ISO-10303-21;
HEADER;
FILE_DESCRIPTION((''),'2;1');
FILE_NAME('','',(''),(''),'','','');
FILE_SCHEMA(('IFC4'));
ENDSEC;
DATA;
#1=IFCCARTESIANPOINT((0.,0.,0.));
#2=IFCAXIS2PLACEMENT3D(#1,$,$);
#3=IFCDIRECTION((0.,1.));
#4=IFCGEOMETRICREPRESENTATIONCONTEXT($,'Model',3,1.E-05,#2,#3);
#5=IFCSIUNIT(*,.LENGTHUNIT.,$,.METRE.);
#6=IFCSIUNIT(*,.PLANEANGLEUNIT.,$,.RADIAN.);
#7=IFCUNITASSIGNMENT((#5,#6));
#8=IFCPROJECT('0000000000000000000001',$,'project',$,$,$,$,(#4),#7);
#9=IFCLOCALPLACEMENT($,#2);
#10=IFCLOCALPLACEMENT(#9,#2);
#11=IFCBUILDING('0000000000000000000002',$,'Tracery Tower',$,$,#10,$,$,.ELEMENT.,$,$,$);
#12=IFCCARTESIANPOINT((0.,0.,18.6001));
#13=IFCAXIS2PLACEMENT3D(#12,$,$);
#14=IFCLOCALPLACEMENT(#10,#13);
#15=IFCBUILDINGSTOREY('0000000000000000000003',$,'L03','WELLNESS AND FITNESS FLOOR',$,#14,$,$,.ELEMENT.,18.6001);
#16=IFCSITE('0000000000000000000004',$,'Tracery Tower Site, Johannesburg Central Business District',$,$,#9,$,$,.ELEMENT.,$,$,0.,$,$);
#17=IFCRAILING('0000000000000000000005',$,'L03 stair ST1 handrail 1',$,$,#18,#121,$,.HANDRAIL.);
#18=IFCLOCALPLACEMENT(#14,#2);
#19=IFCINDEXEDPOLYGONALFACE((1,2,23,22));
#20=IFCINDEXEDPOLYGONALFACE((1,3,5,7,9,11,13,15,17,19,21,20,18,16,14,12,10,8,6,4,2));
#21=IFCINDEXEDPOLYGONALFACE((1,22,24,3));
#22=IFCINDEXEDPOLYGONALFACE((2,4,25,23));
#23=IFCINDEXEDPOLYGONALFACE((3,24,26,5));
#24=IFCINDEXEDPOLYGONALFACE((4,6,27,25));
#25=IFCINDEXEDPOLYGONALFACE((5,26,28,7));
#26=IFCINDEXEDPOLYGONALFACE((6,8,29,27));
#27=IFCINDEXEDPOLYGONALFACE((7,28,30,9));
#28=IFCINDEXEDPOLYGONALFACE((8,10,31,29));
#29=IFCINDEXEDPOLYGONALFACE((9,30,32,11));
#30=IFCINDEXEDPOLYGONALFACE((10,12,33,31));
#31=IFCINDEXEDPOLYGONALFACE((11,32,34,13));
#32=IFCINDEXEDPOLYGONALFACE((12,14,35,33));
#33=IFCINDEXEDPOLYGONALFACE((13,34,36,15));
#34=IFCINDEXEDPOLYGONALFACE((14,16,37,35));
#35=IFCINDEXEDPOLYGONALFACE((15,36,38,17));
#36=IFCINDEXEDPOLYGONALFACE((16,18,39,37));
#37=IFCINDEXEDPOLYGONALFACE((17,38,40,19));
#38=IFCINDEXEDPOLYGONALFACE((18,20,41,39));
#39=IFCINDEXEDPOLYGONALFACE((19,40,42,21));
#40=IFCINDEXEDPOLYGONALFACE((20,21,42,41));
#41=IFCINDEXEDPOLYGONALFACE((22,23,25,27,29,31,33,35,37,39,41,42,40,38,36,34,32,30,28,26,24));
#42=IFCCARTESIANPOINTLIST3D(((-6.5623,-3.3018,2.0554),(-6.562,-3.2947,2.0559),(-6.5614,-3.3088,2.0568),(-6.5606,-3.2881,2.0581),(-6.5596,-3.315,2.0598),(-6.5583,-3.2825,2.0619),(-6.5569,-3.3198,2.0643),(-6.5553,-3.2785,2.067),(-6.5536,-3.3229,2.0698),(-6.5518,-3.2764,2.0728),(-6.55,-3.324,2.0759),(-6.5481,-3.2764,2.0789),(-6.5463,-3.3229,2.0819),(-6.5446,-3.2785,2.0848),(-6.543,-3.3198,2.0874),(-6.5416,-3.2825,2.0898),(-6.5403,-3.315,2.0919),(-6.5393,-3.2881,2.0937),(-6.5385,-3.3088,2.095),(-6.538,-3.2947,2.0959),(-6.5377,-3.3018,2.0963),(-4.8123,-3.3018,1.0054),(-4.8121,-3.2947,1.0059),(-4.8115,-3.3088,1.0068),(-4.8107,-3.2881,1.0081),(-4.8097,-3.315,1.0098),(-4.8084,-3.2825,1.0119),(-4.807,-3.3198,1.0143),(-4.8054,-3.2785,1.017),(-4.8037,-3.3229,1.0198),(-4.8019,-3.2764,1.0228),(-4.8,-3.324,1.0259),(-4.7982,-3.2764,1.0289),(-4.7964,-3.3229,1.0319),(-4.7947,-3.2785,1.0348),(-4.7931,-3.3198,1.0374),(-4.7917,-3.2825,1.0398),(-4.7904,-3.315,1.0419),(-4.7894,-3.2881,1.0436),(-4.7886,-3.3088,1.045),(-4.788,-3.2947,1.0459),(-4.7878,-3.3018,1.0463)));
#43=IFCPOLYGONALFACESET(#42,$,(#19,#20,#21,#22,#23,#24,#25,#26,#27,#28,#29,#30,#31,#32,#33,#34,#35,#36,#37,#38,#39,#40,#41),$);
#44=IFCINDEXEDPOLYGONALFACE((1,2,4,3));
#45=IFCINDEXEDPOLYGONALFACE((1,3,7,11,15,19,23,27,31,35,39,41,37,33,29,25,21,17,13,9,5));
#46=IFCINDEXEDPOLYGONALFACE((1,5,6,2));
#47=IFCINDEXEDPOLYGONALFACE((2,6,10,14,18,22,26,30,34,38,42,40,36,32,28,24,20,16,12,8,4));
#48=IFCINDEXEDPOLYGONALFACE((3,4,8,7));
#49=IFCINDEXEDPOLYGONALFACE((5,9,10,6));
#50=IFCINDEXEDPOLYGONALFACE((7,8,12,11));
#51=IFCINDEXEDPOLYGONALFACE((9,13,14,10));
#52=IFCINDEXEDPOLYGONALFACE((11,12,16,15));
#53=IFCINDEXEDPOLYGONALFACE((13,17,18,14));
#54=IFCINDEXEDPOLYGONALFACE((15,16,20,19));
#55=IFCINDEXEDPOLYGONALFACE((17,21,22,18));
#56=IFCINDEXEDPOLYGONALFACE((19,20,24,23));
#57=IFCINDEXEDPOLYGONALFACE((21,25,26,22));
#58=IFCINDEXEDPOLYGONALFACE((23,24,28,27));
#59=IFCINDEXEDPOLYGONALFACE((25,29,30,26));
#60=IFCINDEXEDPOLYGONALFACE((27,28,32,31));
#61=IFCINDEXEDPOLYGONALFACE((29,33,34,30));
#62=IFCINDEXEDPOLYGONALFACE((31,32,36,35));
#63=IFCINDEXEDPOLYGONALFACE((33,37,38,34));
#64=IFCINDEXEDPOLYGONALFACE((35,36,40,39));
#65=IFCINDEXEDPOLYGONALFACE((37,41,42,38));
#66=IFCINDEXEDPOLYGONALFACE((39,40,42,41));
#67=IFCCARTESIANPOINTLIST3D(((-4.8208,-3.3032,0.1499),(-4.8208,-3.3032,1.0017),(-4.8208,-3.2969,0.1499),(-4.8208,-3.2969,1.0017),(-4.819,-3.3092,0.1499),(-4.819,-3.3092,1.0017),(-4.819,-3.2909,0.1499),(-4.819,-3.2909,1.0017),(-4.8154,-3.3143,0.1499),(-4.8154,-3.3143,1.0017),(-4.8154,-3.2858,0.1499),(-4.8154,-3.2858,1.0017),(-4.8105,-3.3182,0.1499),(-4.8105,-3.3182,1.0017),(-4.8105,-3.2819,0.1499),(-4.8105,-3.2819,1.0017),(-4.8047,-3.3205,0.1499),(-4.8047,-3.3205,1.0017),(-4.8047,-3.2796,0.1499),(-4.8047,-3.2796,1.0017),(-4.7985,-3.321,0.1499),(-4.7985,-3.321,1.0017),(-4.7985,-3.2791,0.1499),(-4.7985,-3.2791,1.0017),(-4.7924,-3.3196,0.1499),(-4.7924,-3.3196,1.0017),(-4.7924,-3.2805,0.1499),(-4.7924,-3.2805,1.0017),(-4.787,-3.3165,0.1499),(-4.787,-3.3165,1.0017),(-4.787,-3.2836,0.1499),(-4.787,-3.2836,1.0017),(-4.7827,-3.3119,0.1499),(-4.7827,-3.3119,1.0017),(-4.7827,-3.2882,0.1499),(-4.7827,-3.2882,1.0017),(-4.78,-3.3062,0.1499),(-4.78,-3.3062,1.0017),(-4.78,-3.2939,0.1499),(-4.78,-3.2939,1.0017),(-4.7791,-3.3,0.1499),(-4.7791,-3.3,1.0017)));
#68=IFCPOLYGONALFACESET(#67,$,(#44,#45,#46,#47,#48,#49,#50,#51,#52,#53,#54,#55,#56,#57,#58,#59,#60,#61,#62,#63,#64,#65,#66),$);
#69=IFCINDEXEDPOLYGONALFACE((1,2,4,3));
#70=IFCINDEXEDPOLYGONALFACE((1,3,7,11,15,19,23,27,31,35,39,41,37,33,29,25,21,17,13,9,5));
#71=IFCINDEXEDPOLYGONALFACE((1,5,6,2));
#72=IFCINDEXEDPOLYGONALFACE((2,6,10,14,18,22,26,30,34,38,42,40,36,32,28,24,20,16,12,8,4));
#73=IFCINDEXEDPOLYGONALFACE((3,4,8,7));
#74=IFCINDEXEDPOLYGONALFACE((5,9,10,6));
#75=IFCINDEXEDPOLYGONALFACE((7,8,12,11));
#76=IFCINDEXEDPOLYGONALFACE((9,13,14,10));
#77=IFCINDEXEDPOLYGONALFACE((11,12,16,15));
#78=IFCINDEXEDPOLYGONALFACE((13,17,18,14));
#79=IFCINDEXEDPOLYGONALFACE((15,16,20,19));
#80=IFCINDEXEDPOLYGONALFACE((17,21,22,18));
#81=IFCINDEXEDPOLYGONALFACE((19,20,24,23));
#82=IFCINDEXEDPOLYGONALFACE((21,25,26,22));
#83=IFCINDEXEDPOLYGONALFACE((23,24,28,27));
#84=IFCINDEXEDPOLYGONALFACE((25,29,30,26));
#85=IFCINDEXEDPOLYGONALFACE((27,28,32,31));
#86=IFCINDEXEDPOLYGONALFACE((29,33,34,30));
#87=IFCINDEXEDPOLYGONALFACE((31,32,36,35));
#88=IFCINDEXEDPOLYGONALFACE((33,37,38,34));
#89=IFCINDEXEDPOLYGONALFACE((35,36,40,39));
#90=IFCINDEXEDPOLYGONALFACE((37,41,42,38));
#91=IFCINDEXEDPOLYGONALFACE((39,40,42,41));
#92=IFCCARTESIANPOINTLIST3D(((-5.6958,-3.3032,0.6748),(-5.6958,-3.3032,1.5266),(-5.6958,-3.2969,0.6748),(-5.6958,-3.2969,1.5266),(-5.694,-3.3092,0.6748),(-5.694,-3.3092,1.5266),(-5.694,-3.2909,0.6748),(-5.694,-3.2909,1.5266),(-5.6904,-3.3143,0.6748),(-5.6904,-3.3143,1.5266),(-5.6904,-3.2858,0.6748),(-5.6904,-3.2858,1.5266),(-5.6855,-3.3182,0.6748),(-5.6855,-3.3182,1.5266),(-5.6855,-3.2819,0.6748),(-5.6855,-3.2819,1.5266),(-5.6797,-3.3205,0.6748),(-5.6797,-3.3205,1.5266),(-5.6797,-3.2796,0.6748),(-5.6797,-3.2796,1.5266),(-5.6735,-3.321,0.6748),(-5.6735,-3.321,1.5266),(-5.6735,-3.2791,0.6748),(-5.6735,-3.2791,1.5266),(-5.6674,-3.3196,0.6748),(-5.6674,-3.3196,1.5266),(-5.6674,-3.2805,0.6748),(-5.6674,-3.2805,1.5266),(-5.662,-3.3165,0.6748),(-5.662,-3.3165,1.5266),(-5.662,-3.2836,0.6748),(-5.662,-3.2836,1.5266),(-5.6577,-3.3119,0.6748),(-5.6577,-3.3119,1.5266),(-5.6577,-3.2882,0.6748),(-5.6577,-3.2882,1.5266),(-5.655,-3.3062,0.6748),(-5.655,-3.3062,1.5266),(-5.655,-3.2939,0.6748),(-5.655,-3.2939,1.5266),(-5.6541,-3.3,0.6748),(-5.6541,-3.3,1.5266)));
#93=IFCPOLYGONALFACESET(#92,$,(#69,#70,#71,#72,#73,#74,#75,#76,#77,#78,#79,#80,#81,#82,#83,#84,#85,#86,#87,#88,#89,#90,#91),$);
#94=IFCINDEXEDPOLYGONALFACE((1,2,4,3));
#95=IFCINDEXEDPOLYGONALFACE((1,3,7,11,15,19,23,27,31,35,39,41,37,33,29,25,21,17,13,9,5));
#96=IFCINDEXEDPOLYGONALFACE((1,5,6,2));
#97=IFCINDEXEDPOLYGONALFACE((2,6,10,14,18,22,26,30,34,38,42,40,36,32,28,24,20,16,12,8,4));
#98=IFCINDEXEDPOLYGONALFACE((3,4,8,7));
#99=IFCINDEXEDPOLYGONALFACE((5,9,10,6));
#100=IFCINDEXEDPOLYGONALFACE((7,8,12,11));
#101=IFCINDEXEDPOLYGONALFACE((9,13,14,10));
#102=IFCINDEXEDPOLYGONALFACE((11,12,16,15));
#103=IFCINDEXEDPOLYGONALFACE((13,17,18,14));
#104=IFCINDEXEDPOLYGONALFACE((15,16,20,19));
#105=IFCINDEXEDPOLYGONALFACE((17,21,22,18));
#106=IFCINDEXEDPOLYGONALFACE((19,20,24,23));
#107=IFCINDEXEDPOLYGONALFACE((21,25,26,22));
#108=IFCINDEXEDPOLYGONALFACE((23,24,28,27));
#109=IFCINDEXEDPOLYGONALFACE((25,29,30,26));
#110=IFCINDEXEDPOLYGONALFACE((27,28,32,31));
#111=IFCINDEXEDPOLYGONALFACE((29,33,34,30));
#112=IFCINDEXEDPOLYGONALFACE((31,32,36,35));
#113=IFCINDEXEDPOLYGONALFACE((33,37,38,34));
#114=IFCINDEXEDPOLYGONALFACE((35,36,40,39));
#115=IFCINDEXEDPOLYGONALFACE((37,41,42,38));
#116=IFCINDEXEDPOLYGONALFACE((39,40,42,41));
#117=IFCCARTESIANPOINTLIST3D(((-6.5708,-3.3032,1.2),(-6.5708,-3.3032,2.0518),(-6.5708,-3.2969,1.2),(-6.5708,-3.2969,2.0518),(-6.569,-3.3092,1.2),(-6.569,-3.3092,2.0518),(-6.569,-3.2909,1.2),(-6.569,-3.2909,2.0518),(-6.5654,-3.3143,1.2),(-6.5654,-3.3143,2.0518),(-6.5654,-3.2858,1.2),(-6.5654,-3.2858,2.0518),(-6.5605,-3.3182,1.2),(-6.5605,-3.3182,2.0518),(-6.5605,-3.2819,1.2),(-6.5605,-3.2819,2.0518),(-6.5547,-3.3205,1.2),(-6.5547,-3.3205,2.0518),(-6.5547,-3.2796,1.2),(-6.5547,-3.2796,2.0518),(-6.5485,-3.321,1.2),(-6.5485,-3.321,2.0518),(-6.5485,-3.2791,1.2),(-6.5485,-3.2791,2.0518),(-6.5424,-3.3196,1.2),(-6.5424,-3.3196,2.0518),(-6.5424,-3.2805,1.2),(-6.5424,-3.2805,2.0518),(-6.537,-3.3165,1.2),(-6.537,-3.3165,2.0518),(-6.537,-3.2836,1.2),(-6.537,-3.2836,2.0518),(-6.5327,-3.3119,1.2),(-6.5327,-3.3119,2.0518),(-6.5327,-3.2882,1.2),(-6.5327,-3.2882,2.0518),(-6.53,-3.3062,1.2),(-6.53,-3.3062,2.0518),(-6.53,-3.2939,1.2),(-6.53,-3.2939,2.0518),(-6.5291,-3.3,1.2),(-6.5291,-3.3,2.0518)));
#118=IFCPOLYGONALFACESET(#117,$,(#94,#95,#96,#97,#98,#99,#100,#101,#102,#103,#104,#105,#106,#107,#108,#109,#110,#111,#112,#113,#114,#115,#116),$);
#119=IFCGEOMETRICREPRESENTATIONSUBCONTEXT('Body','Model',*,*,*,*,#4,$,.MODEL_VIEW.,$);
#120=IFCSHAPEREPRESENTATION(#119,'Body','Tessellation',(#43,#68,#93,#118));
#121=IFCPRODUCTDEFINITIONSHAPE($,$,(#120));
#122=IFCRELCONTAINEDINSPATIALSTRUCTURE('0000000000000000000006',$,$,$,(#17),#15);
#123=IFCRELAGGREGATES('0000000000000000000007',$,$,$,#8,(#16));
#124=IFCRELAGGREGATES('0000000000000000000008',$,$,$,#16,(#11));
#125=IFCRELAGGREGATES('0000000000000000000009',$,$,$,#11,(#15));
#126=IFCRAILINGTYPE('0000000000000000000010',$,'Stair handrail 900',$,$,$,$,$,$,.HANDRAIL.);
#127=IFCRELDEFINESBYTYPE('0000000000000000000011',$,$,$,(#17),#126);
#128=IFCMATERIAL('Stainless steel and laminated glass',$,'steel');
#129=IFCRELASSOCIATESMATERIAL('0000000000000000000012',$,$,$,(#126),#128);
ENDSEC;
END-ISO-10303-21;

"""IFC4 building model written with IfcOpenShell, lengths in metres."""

from ifc_helpers import new_model, si_unit, direction, frame, origin, origin_2d, place, context, subcontext, project, spatial, circle, extrude, material, type_object, element, save


model = new_model("IFC4")

# Units and contexts
model_context = context("Model", 3, precision=1e-05, world=origin(), true_north=direction((0.0, 1.0)))
body_context = subcontext(model_context, "Body", "Model", "MODEL_VIEW")
ifc_project = project(units=[si_unit("LENGTHUNIT", "METRE"), si_unit("PLANEANGLEUNIT", "RADIAN")], contexts=[model_context])

# Site, building, storey
site_placement = place(None, origin())
site = spatial("IfcSite", under=ifc_project, at=site_placement, Name="Tracery Tower Site, Johannesburg Central Business District", CompositionType="ELEMENT", RefElevation=0.0)
building_placement = place(site_placement, origin())
building = spatial("IfcBuilding", under=site, at=building_placement, Name="Tracery Tower", CompositionType="ELEMENT")
storey_placement = place(building_placement, frame((0.0, 0.0, 18.6001)))
storey = spatial("IfcBuildingStorey", under=building, at=storey_placement, Name="L03", Description="WELLNESS AND FITNESS FLOOR", CompositionType="ELEMENT", Elevation=18.6001)

# Railing
ifc_material_1 = material(Name="Stainless steel and laminated glass", Category="steel")
railing_type_1 = type_object("IfcRailingType", Name="Stair handrail 900", PredefinedType="HANDRAIL", material=ifc_material_1)
railing_1_placement = place(storey_placement, frame((-4.8, -3.3, 0.1499)))
element("IfcRailing", 1, at=railing_1_placement, inside=storey, type_object=railing_type_1, Name="L03 stair ST1 handrail 1", PredefinedType="HANDRAIL", context=body_context, shape_type="SweptSolid", body=[
    extrude(circle(Radius=0.0239, at=origin_2d()), frame((0.0, 0.0, 0.876), z_axis=(-0.857482, 0.0, 0.514513), x_axis=(0.0, -1.0, 0.0)), (0.0, 0.0, 1.0), 2.0408),
    extrude(circle(Radius=0.021, at=origin_2d()), origin(), (0.0, 0.0, 1.0), 0.8518),
    extrude(circle(Radius=0.021, at=origin_2d()), frame((-0.875, 0.0, 0.5249)), (0.0, 0.0, 1.0), 0.8518),
    extrude(circle(Radius=0.021, at=origin_2d()), frame((-1.75, 0.0, 1.05)), (0.0, 0.0, 1.0), 0.8518),
])

save(model, "model.ifc")
